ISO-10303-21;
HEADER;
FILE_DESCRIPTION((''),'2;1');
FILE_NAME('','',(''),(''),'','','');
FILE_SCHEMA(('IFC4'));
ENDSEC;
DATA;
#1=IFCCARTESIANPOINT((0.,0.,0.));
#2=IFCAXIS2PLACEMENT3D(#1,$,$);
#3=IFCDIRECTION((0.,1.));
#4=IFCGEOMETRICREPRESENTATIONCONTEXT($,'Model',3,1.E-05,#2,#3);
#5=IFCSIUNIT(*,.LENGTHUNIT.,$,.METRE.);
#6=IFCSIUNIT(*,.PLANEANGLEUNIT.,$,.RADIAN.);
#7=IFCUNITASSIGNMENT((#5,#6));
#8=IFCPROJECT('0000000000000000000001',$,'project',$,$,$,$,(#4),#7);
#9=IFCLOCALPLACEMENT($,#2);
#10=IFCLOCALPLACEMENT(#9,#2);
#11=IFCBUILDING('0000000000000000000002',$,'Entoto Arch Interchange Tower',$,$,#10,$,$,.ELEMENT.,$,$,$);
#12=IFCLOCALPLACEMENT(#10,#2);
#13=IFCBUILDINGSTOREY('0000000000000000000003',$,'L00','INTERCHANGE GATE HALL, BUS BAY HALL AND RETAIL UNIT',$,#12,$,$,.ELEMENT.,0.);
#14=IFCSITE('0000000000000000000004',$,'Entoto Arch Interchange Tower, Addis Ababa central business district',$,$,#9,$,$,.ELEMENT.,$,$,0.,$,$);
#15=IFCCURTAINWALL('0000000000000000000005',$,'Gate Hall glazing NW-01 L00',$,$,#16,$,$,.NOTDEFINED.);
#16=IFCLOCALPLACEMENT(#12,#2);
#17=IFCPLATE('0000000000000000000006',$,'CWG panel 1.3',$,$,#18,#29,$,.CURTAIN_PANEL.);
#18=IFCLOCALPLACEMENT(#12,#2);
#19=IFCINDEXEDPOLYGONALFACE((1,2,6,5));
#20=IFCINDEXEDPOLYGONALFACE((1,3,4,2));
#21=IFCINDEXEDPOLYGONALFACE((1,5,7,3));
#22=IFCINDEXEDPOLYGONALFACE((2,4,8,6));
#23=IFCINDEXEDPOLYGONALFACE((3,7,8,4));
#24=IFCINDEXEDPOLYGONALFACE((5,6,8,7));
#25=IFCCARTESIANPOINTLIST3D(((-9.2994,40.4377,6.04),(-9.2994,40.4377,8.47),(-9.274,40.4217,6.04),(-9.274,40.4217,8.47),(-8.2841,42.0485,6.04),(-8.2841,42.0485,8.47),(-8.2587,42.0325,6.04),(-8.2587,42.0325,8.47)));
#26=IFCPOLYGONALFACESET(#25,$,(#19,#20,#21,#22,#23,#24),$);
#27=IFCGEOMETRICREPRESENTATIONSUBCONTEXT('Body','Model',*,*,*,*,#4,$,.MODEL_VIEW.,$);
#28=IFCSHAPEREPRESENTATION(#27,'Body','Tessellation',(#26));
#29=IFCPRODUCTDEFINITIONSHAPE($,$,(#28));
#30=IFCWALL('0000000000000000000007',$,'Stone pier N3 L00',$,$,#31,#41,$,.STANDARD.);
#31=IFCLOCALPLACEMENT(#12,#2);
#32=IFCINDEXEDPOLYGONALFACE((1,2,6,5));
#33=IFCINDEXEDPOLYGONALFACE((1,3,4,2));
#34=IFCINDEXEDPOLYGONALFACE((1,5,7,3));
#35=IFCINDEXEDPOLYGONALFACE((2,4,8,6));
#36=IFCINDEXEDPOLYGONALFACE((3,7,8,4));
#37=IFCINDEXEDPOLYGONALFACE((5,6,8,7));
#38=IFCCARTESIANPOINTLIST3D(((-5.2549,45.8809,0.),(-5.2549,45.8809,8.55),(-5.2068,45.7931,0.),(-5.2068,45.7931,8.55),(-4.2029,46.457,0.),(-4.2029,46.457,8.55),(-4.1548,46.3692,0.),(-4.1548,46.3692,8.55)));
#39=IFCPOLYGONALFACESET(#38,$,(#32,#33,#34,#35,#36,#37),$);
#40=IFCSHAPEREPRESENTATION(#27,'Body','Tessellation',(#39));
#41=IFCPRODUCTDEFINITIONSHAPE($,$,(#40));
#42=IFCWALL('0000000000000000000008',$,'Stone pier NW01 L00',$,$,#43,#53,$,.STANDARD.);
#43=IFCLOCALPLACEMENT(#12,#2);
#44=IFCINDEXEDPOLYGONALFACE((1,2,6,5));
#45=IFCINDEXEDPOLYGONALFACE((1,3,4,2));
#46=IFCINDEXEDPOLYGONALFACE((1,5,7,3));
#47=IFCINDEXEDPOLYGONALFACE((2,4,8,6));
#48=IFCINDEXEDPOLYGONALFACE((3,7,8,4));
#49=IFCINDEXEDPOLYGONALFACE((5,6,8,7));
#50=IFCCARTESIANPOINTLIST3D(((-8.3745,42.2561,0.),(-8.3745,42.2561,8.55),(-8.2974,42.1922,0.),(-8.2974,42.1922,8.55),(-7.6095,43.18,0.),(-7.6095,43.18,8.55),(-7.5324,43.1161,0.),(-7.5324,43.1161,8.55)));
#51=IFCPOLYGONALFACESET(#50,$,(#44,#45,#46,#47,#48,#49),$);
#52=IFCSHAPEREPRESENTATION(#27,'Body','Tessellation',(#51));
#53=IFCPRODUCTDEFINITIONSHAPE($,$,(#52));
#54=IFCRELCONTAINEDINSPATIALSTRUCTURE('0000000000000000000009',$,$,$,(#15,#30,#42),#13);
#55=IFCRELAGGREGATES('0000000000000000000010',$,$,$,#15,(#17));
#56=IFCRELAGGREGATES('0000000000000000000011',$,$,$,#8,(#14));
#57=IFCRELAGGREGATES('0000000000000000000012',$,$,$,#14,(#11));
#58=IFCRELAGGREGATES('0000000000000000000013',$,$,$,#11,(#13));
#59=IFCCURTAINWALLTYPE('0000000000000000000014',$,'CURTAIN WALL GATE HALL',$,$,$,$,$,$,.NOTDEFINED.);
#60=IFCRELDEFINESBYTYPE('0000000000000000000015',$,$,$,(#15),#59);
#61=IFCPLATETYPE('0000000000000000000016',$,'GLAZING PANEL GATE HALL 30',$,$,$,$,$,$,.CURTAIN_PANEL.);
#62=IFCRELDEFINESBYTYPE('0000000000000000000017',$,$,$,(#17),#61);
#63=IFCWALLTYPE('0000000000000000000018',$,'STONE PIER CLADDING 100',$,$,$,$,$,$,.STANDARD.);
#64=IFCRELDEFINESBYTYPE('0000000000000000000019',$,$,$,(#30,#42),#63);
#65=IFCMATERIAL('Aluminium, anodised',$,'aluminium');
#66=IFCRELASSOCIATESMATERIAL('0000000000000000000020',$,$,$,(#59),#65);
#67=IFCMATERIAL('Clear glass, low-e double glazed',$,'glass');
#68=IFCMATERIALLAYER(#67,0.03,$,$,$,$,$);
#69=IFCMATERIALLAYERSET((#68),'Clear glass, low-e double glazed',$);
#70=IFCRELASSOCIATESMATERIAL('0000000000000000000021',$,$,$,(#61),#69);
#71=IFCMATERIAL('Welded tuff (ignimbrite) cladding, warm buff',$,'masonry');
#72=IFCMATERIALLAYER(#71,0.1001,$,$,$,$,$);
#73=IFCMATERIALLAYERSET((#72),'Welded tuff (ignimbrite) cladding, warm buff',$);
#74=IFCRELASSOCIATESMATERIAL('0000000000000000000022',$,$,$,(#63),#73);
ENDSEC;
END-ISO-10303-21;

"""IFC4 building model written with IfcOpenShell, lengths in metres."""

from ifc_helpers import new_model, si_unit, direction, frame, frame_2d, origin, origin_2d, place, context, subcontext, project, spatial, rectangle, extrude, material, layer, layer_set, type_object, element, aggregate, save


model = new_model("IFC4")

# Units and contexts
model_context = context("Model", 3, precision=1e-05, world=origin(), true_north=direction((0.0, 1.0)))
body_context = subcontext(model_context, "Body", "Model", "MODEL_VIEW")
ifc_project = project(units=[si_unit("LENGTHUNIT", "METRE"), si_unit("PLANEANGLEUNIT", "RADIAN")], contexts=[model_context])

# Site, building, storey
site_placement = place(None, origin())
site = spatial("IfcSite", under=ifc_project, at=site_placement, Name="Entoto Arch Interchange Tower, Addis Ababa central business district", CompositionType="ELEMENT", RefElevation=0.0)
building_placement = place(site_placement, origin())
building = spatial("IfcBuilding", under=site, at=building_placement, Name="Entoto Arch Interchange Tower", CompositionType="ELEMENT")
storey_placement = place(building_placement, origin())
storey = spatial("IfcBuildingStorey", under=building, at=storey_placement, Name="L00", Description="INTERCHANGE GATE HALL, BUS BAY HALL AND RETAIL UNIT", CompositionType="ELEMENT", Elevation=0.0)

# Curtain wall
ifc_material_1 = material(Name="Aluminium, anodised", Category="aluminium")
curtain_wall_type = type_object("IfcCurtainWallType", Name="CURTAIN WALL GATE HALL", PredefinedType="NOTDEFINED", material=ifc_material_1)
curtain_wall_1_placement = place(storey_placement, origin())
curtain_wall_1 = element("IfcCurtainWall", 1, at=curtain_wall_1_placement, inside=storey, type_object=curtain_wall_type, Name="Gate Hall glazing NW-01 L00", PredefinedType="NOTDEFINED")

# Plate
ifc_material_2 = material(Name="Clear glass, low-e double glazed", Category="glass")
ifc_layer_1 = layer(ifc_material_2, 0.03)
ifc_layer_set_1 = layer_set([ifc_layer_1], Name="Clear glass, low-e double glazed")
plate_type = type_object("IfcPlateType", Name="GLAZING PANEL GATE HALL 30", PredefinedType="CURTAIN_PANEL", material=ifc_layer_set_1)
plate_1_placement = place(storey_placement, frame((-8.7791, 41.2351, 6.04), z_axis=(0.0, 0.0, 1.0), x_axis=(-0.533248, -0.845959, 0.0)))
plate_1 = element("IfcPlate", 2, at=plate_1_placement, type_object=plate_type, Name="CWG panel 1.3", PredefinedType="CURTAIN_PANEL", context=body_context, shape_type="SweptSolid", body=[
    extrude(rectangle(XDim=1.9041, YDim=0.03, at=origin_2d()), origin(), (0.0, 0.0, 1.0), 2.4299),
])
aggregate(curtain_wall_1, [plate_1])

# Walls
ifc_material_3 = material(Name="Welded tuff (ignimbrite) cladding, warm buff", Category="masonry")
ifc_layer_2 = layer(ifc_material_3, 0.1001)
ifc_layer_set_2 = layer_set([ifc_layer_2], Name="Welded tuff (ignimbrite) cladding, warm buff")
wall_type = type_object("IfcWallType", Name="STONE PIER CLADDING 100", PredefinedType="STANDARD", material=ifc_layer_set_2)
for number, where, z_axis, x_axis, name in (
    (3, (-4.179, 46.4131, 0.0), (0.0, 0.0, 1.0), (-0.87707, -0.480363, 0.0), "Stone pier N3 L00"),
    (4, (-7.571, 43.1479, 0.0), (0.0, 0.0, 1.0), (-0.637739, -0.770253, 0.0), "Stone pier NW01 L00"),
):
    element("IfcWall", number, at=place(storey_placement, frame(where, z_axis=z_axis, x_axis=x_axis)), inside=storey, type_object=wall_type, Name=name, PredefinedType="STANDARD", context=body_context, shape_type="SweptSolid", body=[
        extrude(rectangle(XDim=1.1995, YDim=0.1001, at=frame_2d((0.5996, 0.0))), origin(), (0.0, 0.0, 1.0), 8.55),
    ])

save(model, "model.ifc")
